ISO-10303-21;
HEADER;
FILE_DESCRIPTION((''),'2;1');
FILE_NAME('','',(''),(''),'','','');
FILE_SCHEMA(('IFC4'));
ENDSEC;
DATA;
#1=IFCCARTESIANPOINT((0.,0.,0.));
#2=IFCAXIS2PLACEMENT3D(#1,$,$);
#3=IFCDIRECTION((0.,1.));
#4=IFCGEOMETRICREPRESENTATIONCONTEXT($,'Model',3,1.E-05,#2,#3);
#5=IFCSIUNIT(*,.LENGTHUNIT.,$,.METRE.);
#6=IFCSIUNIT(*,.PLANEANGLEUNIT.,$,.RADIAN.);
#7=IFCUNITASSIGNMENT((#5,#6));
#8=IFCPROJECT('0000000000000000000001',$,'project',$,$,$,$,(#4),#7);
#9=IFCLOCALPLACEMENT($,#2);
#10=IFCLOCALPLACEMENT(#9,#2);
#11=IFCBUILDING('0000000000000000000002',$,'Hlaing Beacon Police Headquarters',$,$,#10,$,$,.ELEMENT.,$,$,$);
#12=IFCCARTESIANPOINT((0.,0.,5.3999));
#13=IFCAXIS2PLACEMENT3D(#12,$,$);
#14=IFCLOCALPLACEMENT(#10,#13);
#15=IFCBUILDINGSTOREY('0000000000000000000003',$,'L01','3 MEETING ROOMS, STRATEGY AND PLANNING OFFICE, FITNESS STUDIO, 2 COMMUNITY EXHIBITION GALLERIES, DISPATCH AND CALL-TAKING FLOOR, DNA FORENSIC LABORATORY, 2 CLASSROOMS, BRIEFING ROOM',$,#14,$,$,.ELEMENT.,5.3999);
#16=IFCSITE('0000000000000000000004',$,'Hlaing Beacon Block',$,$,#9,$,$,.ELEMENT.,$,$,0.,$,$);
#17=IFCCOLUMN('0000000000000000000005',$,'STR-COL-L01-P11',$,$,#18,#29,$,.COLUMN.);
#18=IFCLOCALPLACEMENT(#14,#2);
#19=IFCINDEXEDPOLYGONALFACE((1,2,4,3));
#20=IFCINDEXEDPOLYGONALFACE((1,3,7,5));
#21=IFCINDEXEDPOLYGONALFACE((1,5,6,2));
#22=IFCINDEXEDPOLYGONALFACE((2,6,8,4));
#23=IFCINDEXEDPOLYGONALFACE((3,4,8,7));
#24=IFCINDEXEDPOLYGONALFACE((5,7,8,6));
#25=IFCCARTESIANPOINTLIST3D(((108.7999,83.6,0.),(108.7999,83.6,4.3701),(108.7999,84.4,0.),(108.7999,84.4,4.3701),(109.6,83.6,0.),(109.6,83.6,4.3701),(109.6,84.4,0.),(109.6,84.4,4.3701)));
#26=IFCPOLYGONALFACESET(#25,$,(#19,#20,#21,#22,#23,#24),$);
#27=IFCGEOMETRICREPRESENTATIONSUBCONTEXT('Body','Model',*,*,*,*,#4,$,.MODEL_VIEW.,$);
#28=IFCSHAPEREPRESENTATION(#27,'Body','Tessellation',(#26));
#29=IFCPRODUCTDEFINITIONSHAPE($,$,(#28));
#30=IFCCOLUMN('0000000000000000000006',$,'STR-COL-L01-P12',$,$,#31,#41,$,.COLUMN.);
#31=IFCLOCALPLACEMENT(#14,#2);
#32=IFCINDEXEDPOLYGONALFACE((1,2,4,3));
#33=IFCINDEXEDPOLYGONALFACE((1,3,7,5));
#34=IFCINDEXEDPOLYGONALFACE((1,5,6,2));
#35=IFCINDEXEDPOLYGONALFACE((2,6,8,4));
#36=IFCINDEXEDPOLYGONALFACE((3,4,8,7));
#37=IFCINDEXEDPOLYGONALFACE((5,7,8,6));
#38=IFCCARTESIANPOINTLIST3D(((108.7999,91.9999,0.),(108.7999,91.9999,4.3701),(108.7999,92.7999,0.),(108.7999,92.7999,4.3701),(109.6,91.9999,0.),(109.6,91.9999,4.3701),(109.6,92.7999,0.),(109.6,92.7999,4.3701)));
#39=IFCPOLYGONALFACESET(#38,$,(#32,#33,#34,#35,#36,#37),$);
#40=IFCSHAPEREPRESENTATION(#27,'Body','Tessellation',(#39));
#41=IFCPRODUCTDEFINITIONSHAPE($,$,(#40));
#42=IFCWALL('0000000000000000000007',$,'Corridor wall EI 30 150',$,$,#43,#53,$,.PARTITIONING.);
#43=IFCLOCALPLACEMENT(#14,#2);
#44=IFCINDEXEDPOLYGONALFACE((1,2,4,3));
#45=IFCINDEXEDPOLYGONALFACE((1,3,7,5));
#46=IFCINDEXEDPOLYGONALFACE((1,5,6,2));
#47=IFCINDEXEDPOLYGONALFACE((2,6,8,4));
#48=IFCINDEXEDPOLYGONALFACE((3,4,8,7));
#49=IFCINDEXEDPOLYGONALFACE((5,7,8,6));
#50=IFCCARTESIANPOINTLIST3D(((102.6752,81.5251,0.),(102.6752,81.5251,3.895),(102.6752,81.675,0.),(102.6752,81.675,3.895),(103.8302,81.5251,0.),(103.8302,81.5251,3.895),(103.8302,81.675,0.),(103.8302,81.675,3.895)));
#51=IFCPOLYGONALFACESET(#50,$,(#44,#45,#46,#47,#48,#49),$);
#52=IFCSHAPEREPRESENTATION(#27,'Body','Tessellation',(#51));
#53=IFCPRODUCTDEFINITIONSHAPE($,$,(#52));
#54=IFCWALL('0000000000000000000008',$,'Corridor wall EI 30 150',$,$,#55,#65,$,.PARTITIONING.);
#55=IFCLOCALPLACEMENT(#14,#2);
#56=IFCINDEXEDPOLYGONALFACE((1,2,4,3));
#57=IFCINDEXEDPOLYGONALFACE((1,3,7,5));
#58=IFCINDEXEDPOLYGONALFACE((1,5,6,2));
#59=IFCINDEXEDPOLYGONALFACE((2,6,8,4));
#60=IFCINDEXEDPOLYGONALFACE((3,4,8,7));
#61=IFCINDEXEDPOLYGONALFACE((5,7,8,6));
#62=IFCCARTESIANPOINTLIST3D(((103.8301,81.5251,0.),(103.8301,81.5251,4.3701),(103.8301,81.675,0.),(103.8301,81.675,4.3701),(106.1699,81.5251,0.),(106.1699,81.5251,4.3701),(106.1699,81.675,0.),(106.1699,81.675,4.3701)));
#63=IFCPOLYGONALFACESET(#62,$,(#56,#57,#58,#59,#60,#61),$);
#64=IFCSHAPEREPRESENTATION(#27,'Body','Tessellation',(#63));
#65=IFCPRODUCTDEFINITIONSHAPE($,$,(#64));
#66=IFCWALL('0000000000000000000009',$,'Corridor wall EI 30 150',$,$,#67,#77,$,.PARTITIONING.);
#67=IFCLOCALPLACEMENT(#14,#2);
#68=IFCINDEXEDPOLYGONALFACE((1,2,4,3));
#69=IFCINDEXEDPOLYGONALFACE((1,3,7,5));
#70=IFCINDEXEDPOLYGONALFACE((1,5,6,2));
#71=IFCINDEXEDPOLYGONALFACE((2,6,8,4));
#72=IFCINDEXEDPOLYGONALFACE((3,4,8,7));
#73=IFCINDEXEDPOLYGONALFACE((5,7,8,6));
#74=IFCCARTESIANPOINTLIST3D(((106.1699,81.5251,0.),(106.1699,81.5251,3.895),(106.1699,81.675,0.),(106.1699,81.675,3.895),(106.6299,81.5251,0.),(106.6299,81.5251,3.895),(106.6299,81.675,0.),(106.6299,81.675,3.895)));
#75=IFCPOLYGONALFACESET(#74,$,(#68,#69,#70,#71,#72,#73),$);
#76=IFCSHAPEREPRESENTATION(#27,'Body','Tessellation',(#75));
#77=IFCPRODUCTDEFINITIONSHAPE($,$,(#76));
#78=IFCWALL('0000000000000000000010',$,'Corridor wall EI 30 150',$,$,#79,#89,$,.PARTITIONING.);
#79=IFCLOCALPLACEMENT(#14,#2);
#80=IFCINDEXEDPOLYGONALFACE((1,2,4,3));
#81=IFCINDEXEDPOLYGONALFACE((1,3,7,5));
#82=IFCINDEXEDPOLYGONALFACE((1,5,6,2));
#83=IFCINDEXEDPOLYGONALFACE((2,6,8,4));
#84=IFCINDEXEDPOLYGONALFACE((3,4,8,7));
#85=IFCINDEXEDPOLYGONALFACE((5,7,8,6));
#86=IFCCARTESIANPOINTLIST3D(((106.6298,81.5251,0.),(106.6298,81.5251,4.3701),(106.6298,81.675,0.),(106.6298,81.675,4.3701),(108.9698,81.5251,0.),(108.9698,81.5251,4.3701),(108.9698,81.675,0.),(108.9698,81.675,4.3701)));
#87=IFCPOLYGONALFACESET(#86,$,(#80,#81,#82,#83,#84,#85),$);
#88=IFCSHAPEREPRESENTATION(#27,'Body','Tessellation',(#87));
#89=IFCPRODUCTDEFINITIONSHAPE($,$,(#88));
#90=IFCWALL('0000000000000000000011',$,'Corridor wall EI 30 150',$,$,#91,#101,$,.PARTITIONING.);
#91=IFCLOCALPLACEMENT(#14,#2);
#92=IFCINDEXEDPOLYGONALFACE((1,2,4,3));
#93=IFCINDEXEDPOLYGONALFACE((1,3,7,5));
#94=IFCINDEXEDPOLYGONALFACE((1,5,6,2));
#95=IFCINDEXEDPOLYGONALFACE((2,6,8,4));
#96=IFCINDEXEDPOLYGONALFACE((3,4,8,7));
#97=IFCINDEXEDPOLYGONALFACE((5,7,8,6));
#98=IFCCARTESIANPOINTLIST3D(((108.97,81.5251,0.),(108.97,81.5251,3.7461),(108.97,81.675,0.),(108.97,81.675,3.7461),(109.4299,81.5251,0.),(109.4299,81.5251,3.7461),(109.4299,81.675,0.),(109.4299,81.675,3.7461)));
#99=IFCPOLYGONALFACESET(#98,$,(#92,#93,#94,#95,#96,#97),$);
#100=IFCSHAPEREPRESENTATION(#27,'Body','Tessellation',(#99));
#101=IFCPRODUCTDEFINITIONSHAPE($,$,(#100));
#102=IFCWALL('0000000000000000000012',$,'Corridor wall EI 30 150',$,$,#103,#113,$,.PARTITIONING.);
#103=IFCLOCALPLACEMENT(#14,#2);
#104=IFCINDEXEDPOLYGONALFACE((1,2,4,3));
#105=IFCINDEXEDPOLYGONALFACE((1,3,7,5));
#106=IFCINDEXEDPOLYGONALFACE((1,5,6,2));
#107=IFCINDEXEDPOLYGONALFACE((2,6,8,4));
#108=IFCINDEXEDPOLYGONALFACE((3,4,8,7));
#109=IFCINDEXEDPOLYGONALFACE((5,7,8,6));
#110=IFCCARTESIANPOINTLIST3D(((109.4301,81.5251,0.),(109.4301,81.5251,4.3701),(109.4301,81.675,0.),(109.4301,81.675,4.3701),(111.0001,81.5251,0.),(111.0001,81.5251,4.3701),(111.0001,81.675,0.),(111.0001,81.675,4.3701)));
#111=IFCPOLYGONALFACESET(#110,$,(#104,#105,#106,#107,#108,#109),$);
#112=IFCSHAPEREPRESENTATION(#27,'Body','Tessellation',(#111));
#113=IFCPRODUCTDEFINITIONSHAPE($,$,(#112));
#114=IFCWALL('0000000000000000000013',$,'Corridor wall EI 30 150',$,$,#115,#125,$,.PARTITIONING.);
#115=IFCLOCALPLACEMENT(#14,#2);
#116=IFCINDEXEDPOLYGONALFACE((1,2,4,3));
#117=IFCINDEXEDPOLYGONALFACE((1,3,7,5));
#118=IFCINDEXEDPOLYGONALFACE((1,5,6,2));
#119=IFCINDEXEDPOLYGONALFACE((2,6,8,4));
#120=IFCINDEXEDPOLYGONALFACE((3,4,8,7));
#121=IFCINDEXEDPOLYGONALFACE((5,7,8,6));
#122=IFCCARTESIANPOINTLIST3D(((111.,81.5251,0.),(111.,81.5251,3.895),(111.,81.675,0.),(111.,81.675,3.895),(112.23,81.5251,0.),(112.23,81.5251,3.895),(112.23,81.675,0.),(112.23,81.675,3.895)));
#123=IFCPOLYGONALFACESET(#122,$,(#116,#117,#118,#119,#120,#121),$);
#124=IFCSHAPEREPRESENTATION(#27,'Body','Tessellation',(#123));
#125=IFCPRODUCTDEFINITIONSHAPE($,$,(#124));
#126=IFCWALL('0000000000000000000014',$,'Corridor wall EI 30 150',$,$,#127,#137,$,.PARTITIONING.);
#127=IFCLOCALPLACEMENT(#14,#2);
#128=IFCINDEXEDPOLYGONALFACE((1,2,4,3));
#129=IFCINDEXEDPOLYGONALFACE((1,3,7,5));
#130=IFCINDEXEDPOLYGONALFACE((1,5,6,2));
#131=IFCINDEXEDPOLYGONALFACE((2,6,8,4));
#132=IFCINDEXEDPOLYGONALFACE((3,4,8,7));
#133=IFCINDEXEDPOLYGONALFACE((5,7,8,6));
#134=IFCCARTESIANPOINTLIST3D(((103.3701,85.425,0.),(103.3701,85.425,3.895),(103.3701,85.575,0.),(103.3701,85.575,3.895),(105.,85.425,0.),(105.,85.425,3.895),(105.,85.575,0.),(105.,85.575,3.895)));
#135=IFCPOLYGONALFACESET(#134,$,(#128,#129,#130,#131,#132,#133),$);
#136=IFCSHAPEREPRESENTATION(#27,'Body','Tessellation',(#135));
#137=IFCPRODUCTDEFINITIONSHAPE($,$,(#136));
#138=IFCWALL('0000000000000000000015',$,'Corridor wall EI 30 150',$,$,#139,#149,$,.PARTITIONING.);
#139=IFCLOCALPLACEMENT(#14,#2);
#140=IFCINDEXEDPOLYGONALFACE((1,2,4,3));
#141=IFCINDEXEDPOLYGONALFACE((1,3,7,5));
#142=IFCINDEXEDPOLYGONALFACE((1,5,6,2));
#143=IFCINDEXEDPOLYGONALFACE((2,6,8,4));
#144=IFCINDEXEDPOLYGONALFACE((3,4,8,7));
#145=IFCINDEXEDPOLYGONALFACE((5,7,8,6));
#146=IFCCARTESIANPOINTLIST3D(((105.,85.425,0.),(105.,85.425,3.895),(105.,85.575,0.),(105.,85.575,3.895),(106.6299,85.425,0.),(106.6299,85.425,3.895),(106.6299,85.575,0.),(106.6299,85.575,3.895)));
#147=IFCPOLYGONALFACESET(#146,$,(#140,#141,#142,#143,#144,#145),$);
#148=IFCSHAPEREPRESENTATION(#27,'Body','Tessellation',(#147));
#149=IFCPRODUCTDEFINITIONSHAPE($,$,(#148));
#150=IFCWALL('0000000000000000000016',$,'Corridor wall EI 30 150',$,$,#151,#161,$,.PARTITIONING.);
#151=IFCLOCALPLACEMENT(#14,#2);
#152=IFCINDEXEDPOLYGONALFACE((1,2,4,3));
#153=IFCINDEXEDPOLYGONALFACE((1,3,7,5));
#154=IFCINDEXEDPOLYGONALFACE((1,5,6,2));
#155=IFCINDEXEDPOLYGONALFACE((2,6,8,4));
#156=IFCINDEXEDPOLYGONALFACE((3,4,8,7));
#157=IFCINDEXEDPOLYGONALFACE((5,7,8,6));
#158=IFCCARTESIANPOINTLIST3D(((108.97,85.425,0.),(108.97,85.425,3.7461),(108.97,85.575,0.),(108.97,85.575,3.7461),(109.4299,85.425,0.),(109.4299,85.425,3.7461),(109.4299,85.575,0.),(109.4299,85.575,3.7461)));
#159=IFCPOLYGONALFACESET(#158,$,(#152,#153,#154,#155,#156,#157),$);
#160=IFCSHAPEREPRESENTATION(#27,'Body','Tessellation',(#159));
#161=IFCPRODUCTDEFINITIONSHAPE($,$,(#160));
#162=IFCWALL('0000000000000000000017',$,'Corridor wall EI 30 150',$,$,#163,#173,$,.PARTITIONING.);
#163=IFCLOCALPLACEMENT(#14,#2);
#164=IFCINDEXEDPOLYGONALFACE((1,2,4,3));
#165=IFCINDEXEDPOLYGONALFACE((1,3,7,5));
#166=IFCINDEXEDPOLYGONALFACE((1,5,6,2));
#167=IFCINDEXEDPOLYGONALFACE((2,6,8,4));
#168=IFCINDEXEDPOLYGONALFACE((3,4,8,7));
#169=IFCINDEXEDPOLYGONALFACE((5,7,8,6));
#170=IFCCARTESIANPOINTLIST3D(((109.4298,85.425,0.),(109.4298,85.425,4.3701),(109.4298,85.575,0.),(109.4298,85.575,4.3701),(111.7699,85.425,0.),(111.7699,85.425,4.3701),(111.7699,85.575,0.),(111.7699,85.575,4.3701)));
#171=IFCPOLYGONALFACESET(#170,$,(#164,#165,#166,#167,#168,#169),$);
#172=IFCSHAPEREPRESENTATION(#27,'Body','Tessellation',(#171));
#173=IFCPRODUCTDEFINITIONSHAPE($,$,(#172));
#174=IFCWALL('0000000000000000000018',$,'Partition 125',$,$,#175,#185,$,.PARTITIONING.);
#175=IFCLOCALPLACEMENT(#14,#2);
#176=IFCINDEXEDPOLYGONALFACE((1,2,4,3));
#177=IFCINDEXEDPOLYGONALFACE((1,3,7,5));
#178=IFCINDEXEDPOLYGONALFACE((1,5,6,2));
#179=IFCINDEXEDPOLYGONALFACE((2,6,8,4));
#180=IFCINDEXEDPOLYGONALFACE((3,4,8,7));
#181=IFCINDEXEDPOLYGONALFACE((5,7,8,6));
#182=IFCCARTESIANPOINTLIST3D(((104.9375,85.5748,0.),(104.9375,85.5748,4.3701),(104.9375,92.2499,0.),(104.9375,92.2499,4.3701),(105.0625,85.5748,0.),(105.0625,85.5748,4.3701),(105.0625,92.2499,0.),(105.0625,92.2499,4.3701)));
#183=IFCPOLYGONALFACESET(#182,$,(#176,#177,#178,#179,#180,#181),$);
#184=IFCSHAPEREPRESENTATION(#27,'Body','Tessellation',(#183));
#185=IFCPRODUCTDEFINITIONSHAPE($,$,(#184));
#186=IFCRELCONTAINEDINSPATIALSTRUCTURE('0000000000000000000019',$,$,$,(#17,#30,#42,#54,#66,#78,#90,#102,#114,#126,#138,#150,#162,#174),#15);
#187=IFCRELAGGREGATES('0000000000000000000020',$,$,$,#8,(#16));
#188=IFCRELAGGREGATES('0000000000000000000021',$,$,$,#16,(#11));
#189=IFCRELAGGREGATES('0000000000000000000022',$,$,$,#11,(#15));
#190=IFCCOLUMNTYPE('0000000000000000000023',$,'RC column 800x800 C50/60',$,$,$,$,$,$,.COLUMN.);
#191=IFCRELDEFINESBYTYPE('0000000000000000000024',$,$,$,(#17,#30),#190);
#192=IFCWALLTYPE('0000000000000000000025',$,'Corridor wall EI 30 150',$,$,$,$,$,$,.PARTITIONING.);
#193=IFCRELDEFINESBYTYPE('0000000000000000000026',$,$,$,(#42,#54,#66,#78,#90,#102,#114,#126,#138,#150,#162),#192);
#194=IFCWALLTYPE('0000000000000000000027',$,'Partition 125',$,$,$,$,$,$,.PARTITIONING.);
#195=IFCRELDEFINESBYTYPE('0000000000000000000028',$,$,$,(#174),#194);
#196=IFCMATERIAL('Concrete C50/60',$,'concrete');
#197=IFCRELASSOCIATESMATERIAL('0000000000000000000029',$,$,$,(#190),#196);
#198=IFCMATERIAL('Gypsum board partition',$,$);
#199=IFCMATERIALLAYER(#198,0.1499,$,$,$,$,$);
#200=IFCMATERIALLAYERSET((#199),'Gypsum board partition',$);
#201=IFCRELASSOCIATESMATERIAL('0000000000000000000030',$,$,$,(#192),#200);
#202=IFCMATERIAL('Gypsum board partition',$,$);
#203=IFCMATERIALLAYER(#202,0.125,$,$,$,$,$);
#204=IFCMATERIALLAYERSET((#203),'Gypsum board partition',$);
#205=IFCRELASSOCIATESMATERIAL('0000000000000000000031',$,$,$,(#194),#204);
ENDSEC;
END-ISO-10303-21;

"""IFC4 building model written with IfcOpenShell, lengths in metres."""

from ifc_helpers import new_model, si_unit, direction, frame, frame_2d, origin, origin_2d, place, context, subcontext, project, spatial, rectangle, extrude, material, layer, layer_set, material_profile, profile_set, type_object, element, save


model = new_model("IFC4")

# Units and contexts
model_context = context("Model", 3, precision=1e-05, world=origin(), true_north=direction((0.0, 1.0)))
body_context = subcontext(model_context, "Body", "Model", "MODEL_VIEW")
ifc_project = project(units=[si_unit("LENGTHUNIT", "METRE"), si_unit("PLANEANGLEUNIT", "RADIAN")], contexts=[model_context])

# Site, building, storey
site_placement = place(None, origin())
site = spatial("IfcSite", under=ifc_project, at=site_placement, Name="Hlaing Beacon Block", CompositionType="ELEMENT", RefElevation=0.0)
building_placement = place(site_placement, origin())
building = spatial("IfcBuilding", under=site, at=building_placement, Name="Hlaing Beacon Police Headquarters", CompositionType="ELEMENT")
storey_placement = place(building_placement, frame((0.0, 0.0, 5.3999)))
storey = spatial("IfcBuildingStorey", under=building, at=storey_placement, Name="L01", Description="3 MEETING ROOMS, STRATEGY AND PLANNING OFFICE, FITNESS STUDIO, 2 COMMUNITY EXHIBITION GALLERIES, DISPATCH AND CALL-TAKING FLOOR, DNA FORENSIC LABORATORY, 2 CLASSROOMS, BRIEFING ROOM", CompositionType="ELEMENT", Elevation=5.3999)

# Columns
ifc_material_1 = material(Name="Concrete C50/60", Category="concrete")
ifc_material_profile = material_profile(ifc_material_1, rectangle(XDim=0.8, YDim=0.8, at=origin_2d()), Name="800x800")
ifc_profile_set = profile_set([ifc_material_profile], Name="Concrete C50/60")
column_type = type_object("IfcColumnType", Name="RC column 800x800 C50/60", PredefinedType="COLUMN", material=ifc_profile_set)
for number, where, z_axis, x_axis, name in (
    (1, (109.2, 84.0, 0.0), (0.0, 0.0, 1.0), (1.0, 0.0, 0.0), "STR-COL-L01-P11"),
    (2, (109.2, 92.3999, 0.0), (0.0, 0.0, 1.0), (1.0, 0.0, 0.0), "STR-COL-L01-P12"),
):
    element("IfcColumn", number, at=place(storey_placement, frame(where, z_axis=z_axis, x_axis=x_axis)), inside=storey, type_object=column_type, Name=name, PredefinedType="COLUMN", context=body_context, shape_type="SweptSolid", body=[
        extrude(rectangle(XDim=0.8, YDim=0.8, at=origin_2d()), origin(), (0.0, 0.0, 1.0), 4.3701),
    ])

# Walls
ifc_material_2 = material(Name="Gypsum board partition")
ifc_layer_1 = layer(ifc_material_2, 0.1499)
ifc_layer_set_1 = layer_set([ifc_layer_1], Name="Gypsum board partition")
wall_type_1 = type_object("IfcWallType", Name="Corridor wall EI 30 150", PredefinedType="PARTITIONING", material=ifc_layer_set_1)
wall_1_placement = place(storey_placement, frame((102.675, 81.6001, 0.0), z_axis=(0.0, 0.0, 1.0), x_axis=(1.0, 0.0, 0.0)))
element("IfcWall", 3, at=wall_1_placement, inside=storey, type_object=wall_type_1, Name="Corridor wall EI 30 150", PredefinedType="PARTITIONING", context=body_context, shape_type="SweptSolid", body=[
    extrude(rectangle(XDim=1.155, YDim=0.1499, at=frame_2d((0.5776, 0.0))), origin(), (0.0, 0.0, 1.0), 3.895),
])
wall_2_placement = place(storey_placement, frame((103.8301, 81.6001, 0.0), z_axis=(0.0, 0.0, 1.0), x_axis=(1.0, 0.0, 0.0)))
element("IfcWall", 4, at=wall_2_placement, inside=storey, type_object=wall_type_1, Name="Corridor wall EI 30 150", PredefinedType="PARTITIONING", context=body_context, shape_type="SweptSolid", body=[
    extrude(rectangle(XDim=2.3398, YDim=0.1499, at=frame_2d((1.1699, 0.0))), origin(), (0.0, 0.0, 1.0), 4.3701),
])
wall_3_placement = place(storey_placement, frame((106.1699, 81.6001, 0.0), z_axis=(0.0, 0.0, 1.0), x_axis=(1.0, 0.0, 0.0)))
element("IfcWall", 5, at=wall_3_placement, inside=storey, type_object=wall_type_1, Name="Corridor wall EI 30 150", PredefinedType="PARTITIONING", context=body_context, shape_type="SweptSolid", body=[
    extrude(rectangle(XDim=0.46, YDim=0.1499, at=frame_2d((0.23, 0.0))), origin(), (0.0, 0.0, 1.0), 3.895),
])
wall_4_placement = place(storey_placement, frame((106.6299, 81.6001, 0.0), z_axis=(0.0, 0.0, 1.0), x_axis=(1.0, 0.0, 0.0)))
element("IfcWall", 6, at=wall_4_placement, inside=storey, type_object=wall_type_1, Name="Corridor wall EI 30 150", PredefinedType="PARTITIONING", context=body_context, shape_type="SweptSolid", body=[
    extrude(rectangle(XDim=2.3401, YDim=0.1499, at=frame_2d((1.1699, 0.0))), origin(), (0.0, 0.0, 1.0), 4.3701),
])
wall_5_placement = place(storey_placement, frame((108.97, 81.6001, 0.0), z_axis=(0.0, 0.0, 1.0), x_axis=(1.0, 0.0, 0.0)))
element("IfcWall", 7, at=wall_5_placement, inside=storey, type_object=wall_type_1, Name="Corridor wall EI 30 150", PredefinedType="PARTITIONING", context=body_context, shape_type="SweptSolid", body=[
    extrude(rectangle(XDim=0.46, YDim=0.1499, at=frame_2d((0.23, 0.0))), origin(), (0.0, 0.0, 1.0), 3.7461),
])
wall_6_placement = place(storey_placement, frame((109.4299, 81.6001, 0.0), z_axis=(0.0, 0.0, 1.0), x_axis=(1.0, 0.0, 0.0)))
element("IfcWall", 8, at=wall_6_placement, inside=storey, type_object=wall_type_1, Name="Corridor wall EI 30 150", PredefinedType="PARTITIONING", context=body_context, shape_type="SweptSolid", body=[
    extrude(rectangle(XDim=1.5701, YDim=0.1499, at=frame_2d((0.7852, 0.0))), origin(), (0.0, 0.0, 1.0), 4.3701),
])
wall_7_placement = place(storey_placement, frame((111.0, 81.6001, 0.0), z_axis=(0.0, 0.0, 1.0), x_axis=(1.0, 0.0, 0.0)))
element("IfcWall", 9, at=wall_7_placement, inside=storey, type_object=wall_type_1, Name="Corridor wall EI 30 150", PredefinedType="PARTITIONING", context=body_context, shape_type="SweptSolid", body=[
    extrude(rectangle(XDim=1.23, YDim=0.1499, at=frame_2d((0.615, 0.0))), origin(), (0.0, 0.0, 1.0), 3.895),
])
for number, where, z_axis, x_axis, name in (
    (10, (103.3701, 85.5, 0.0), (0.0, 0.0, 1.0), (1.0, 0.0, 0.0), "Corridor wall EI 30 150"),
    (11, (105.0, 85.5, 0.0), (0.0, 0.0, 1.0), (1.0, 0.0, 0.0), "Corridor wall EI 30 150"),
):
    element("IfcWall", number, at=place(storey_placement, frame(where, z_axis=z_axis, x_axis=x_axis)), inside=storey, type_object=wall_type_1, Name=name, PredefinedType="PARTITIONING", context=body_context, shape_type="SweptSolid", body=[
        extrude(rectangle(XDim=1.6299, YDim=0.1499, at=frame_2d((0.8149, 0.0))), origin(), (0.0, 0.0, 1.0), 3.895),
    ])

# Walls
wall_8_placement = place(storey_placement, frame((108.97, 85.5, 0.0), z_axis=(0.0, 0.0, 1.0), x_axis=(1.0, 0.0, 0.0)))
element("IfcWall", 12, at=wall_8_placement, inside=storey, type_object=wall_type_1, Name="Corridor wall EI 30 150", PredefinedType="PARTITIONING", context=body_context, shape_type="SweptSolid", body=[
    extrude(rectangle(XDim=0.46, YDim=0.1499, at=frame_2d((0.23, 0.0))), origin(), (0.0, 0.0, 1.0), 3.7461),
])
wall_9_placement = place(storey_placement, frame((109.4299, 85.5, 0.0), z_axis=(0.0, 0.0, 1.0), x_axis=(1.0, 0.0, 0.0)))
element("IfcWall", 13, at=wall_9_placement, inside=storey, type_object=wall_type_1, Name="Corridor wall EI 30 150", PredefinedType="PARTITIONING", context=body_context, shape_type="SweptSolid", body=[
    extrude(rectangle(XDim=2.3401, YDim=0.1499, at=frame_2d((1.1699, 0.0))), origin(), (0.0, 0.0, 1.0), 4.3701),
])
ifc_material_3 = material(Name="Gypsum board partition")
ifc_layer_2 = layer(ifc_material_3, 0.125)
ifc_layer_set_2 = layer_set([ifc_layer_2], Name="Gypsum board partition")
wall_type_2 = type_object("IfcWallType", Name="Partition 125", PredefinedType="PARTITIONING", material=ifc_layer_set_2)
wall_10_placement = place(storey_placement, frame((105.0, 85.575, 0.0), z_axis=(0.0, 0.0, 1.0), x_axis=(0.0, 1.0, 0.0)))
element("IfcWall", 14, at=wall_10_placement, inside=storey, type_object=wall_type_2, Name="Partition 125", PredefinedType="PARTITIONING", context=body_context, shape_type="SweptSolid", body=[
    extrude(rectangle(XDim=6.675, YDim=0.125, at=frame_2d((3.3374, 0.0))), origin(), (0.0, 0.0, 1.0), 4.3701),
])

save(model, "model.ifc")
